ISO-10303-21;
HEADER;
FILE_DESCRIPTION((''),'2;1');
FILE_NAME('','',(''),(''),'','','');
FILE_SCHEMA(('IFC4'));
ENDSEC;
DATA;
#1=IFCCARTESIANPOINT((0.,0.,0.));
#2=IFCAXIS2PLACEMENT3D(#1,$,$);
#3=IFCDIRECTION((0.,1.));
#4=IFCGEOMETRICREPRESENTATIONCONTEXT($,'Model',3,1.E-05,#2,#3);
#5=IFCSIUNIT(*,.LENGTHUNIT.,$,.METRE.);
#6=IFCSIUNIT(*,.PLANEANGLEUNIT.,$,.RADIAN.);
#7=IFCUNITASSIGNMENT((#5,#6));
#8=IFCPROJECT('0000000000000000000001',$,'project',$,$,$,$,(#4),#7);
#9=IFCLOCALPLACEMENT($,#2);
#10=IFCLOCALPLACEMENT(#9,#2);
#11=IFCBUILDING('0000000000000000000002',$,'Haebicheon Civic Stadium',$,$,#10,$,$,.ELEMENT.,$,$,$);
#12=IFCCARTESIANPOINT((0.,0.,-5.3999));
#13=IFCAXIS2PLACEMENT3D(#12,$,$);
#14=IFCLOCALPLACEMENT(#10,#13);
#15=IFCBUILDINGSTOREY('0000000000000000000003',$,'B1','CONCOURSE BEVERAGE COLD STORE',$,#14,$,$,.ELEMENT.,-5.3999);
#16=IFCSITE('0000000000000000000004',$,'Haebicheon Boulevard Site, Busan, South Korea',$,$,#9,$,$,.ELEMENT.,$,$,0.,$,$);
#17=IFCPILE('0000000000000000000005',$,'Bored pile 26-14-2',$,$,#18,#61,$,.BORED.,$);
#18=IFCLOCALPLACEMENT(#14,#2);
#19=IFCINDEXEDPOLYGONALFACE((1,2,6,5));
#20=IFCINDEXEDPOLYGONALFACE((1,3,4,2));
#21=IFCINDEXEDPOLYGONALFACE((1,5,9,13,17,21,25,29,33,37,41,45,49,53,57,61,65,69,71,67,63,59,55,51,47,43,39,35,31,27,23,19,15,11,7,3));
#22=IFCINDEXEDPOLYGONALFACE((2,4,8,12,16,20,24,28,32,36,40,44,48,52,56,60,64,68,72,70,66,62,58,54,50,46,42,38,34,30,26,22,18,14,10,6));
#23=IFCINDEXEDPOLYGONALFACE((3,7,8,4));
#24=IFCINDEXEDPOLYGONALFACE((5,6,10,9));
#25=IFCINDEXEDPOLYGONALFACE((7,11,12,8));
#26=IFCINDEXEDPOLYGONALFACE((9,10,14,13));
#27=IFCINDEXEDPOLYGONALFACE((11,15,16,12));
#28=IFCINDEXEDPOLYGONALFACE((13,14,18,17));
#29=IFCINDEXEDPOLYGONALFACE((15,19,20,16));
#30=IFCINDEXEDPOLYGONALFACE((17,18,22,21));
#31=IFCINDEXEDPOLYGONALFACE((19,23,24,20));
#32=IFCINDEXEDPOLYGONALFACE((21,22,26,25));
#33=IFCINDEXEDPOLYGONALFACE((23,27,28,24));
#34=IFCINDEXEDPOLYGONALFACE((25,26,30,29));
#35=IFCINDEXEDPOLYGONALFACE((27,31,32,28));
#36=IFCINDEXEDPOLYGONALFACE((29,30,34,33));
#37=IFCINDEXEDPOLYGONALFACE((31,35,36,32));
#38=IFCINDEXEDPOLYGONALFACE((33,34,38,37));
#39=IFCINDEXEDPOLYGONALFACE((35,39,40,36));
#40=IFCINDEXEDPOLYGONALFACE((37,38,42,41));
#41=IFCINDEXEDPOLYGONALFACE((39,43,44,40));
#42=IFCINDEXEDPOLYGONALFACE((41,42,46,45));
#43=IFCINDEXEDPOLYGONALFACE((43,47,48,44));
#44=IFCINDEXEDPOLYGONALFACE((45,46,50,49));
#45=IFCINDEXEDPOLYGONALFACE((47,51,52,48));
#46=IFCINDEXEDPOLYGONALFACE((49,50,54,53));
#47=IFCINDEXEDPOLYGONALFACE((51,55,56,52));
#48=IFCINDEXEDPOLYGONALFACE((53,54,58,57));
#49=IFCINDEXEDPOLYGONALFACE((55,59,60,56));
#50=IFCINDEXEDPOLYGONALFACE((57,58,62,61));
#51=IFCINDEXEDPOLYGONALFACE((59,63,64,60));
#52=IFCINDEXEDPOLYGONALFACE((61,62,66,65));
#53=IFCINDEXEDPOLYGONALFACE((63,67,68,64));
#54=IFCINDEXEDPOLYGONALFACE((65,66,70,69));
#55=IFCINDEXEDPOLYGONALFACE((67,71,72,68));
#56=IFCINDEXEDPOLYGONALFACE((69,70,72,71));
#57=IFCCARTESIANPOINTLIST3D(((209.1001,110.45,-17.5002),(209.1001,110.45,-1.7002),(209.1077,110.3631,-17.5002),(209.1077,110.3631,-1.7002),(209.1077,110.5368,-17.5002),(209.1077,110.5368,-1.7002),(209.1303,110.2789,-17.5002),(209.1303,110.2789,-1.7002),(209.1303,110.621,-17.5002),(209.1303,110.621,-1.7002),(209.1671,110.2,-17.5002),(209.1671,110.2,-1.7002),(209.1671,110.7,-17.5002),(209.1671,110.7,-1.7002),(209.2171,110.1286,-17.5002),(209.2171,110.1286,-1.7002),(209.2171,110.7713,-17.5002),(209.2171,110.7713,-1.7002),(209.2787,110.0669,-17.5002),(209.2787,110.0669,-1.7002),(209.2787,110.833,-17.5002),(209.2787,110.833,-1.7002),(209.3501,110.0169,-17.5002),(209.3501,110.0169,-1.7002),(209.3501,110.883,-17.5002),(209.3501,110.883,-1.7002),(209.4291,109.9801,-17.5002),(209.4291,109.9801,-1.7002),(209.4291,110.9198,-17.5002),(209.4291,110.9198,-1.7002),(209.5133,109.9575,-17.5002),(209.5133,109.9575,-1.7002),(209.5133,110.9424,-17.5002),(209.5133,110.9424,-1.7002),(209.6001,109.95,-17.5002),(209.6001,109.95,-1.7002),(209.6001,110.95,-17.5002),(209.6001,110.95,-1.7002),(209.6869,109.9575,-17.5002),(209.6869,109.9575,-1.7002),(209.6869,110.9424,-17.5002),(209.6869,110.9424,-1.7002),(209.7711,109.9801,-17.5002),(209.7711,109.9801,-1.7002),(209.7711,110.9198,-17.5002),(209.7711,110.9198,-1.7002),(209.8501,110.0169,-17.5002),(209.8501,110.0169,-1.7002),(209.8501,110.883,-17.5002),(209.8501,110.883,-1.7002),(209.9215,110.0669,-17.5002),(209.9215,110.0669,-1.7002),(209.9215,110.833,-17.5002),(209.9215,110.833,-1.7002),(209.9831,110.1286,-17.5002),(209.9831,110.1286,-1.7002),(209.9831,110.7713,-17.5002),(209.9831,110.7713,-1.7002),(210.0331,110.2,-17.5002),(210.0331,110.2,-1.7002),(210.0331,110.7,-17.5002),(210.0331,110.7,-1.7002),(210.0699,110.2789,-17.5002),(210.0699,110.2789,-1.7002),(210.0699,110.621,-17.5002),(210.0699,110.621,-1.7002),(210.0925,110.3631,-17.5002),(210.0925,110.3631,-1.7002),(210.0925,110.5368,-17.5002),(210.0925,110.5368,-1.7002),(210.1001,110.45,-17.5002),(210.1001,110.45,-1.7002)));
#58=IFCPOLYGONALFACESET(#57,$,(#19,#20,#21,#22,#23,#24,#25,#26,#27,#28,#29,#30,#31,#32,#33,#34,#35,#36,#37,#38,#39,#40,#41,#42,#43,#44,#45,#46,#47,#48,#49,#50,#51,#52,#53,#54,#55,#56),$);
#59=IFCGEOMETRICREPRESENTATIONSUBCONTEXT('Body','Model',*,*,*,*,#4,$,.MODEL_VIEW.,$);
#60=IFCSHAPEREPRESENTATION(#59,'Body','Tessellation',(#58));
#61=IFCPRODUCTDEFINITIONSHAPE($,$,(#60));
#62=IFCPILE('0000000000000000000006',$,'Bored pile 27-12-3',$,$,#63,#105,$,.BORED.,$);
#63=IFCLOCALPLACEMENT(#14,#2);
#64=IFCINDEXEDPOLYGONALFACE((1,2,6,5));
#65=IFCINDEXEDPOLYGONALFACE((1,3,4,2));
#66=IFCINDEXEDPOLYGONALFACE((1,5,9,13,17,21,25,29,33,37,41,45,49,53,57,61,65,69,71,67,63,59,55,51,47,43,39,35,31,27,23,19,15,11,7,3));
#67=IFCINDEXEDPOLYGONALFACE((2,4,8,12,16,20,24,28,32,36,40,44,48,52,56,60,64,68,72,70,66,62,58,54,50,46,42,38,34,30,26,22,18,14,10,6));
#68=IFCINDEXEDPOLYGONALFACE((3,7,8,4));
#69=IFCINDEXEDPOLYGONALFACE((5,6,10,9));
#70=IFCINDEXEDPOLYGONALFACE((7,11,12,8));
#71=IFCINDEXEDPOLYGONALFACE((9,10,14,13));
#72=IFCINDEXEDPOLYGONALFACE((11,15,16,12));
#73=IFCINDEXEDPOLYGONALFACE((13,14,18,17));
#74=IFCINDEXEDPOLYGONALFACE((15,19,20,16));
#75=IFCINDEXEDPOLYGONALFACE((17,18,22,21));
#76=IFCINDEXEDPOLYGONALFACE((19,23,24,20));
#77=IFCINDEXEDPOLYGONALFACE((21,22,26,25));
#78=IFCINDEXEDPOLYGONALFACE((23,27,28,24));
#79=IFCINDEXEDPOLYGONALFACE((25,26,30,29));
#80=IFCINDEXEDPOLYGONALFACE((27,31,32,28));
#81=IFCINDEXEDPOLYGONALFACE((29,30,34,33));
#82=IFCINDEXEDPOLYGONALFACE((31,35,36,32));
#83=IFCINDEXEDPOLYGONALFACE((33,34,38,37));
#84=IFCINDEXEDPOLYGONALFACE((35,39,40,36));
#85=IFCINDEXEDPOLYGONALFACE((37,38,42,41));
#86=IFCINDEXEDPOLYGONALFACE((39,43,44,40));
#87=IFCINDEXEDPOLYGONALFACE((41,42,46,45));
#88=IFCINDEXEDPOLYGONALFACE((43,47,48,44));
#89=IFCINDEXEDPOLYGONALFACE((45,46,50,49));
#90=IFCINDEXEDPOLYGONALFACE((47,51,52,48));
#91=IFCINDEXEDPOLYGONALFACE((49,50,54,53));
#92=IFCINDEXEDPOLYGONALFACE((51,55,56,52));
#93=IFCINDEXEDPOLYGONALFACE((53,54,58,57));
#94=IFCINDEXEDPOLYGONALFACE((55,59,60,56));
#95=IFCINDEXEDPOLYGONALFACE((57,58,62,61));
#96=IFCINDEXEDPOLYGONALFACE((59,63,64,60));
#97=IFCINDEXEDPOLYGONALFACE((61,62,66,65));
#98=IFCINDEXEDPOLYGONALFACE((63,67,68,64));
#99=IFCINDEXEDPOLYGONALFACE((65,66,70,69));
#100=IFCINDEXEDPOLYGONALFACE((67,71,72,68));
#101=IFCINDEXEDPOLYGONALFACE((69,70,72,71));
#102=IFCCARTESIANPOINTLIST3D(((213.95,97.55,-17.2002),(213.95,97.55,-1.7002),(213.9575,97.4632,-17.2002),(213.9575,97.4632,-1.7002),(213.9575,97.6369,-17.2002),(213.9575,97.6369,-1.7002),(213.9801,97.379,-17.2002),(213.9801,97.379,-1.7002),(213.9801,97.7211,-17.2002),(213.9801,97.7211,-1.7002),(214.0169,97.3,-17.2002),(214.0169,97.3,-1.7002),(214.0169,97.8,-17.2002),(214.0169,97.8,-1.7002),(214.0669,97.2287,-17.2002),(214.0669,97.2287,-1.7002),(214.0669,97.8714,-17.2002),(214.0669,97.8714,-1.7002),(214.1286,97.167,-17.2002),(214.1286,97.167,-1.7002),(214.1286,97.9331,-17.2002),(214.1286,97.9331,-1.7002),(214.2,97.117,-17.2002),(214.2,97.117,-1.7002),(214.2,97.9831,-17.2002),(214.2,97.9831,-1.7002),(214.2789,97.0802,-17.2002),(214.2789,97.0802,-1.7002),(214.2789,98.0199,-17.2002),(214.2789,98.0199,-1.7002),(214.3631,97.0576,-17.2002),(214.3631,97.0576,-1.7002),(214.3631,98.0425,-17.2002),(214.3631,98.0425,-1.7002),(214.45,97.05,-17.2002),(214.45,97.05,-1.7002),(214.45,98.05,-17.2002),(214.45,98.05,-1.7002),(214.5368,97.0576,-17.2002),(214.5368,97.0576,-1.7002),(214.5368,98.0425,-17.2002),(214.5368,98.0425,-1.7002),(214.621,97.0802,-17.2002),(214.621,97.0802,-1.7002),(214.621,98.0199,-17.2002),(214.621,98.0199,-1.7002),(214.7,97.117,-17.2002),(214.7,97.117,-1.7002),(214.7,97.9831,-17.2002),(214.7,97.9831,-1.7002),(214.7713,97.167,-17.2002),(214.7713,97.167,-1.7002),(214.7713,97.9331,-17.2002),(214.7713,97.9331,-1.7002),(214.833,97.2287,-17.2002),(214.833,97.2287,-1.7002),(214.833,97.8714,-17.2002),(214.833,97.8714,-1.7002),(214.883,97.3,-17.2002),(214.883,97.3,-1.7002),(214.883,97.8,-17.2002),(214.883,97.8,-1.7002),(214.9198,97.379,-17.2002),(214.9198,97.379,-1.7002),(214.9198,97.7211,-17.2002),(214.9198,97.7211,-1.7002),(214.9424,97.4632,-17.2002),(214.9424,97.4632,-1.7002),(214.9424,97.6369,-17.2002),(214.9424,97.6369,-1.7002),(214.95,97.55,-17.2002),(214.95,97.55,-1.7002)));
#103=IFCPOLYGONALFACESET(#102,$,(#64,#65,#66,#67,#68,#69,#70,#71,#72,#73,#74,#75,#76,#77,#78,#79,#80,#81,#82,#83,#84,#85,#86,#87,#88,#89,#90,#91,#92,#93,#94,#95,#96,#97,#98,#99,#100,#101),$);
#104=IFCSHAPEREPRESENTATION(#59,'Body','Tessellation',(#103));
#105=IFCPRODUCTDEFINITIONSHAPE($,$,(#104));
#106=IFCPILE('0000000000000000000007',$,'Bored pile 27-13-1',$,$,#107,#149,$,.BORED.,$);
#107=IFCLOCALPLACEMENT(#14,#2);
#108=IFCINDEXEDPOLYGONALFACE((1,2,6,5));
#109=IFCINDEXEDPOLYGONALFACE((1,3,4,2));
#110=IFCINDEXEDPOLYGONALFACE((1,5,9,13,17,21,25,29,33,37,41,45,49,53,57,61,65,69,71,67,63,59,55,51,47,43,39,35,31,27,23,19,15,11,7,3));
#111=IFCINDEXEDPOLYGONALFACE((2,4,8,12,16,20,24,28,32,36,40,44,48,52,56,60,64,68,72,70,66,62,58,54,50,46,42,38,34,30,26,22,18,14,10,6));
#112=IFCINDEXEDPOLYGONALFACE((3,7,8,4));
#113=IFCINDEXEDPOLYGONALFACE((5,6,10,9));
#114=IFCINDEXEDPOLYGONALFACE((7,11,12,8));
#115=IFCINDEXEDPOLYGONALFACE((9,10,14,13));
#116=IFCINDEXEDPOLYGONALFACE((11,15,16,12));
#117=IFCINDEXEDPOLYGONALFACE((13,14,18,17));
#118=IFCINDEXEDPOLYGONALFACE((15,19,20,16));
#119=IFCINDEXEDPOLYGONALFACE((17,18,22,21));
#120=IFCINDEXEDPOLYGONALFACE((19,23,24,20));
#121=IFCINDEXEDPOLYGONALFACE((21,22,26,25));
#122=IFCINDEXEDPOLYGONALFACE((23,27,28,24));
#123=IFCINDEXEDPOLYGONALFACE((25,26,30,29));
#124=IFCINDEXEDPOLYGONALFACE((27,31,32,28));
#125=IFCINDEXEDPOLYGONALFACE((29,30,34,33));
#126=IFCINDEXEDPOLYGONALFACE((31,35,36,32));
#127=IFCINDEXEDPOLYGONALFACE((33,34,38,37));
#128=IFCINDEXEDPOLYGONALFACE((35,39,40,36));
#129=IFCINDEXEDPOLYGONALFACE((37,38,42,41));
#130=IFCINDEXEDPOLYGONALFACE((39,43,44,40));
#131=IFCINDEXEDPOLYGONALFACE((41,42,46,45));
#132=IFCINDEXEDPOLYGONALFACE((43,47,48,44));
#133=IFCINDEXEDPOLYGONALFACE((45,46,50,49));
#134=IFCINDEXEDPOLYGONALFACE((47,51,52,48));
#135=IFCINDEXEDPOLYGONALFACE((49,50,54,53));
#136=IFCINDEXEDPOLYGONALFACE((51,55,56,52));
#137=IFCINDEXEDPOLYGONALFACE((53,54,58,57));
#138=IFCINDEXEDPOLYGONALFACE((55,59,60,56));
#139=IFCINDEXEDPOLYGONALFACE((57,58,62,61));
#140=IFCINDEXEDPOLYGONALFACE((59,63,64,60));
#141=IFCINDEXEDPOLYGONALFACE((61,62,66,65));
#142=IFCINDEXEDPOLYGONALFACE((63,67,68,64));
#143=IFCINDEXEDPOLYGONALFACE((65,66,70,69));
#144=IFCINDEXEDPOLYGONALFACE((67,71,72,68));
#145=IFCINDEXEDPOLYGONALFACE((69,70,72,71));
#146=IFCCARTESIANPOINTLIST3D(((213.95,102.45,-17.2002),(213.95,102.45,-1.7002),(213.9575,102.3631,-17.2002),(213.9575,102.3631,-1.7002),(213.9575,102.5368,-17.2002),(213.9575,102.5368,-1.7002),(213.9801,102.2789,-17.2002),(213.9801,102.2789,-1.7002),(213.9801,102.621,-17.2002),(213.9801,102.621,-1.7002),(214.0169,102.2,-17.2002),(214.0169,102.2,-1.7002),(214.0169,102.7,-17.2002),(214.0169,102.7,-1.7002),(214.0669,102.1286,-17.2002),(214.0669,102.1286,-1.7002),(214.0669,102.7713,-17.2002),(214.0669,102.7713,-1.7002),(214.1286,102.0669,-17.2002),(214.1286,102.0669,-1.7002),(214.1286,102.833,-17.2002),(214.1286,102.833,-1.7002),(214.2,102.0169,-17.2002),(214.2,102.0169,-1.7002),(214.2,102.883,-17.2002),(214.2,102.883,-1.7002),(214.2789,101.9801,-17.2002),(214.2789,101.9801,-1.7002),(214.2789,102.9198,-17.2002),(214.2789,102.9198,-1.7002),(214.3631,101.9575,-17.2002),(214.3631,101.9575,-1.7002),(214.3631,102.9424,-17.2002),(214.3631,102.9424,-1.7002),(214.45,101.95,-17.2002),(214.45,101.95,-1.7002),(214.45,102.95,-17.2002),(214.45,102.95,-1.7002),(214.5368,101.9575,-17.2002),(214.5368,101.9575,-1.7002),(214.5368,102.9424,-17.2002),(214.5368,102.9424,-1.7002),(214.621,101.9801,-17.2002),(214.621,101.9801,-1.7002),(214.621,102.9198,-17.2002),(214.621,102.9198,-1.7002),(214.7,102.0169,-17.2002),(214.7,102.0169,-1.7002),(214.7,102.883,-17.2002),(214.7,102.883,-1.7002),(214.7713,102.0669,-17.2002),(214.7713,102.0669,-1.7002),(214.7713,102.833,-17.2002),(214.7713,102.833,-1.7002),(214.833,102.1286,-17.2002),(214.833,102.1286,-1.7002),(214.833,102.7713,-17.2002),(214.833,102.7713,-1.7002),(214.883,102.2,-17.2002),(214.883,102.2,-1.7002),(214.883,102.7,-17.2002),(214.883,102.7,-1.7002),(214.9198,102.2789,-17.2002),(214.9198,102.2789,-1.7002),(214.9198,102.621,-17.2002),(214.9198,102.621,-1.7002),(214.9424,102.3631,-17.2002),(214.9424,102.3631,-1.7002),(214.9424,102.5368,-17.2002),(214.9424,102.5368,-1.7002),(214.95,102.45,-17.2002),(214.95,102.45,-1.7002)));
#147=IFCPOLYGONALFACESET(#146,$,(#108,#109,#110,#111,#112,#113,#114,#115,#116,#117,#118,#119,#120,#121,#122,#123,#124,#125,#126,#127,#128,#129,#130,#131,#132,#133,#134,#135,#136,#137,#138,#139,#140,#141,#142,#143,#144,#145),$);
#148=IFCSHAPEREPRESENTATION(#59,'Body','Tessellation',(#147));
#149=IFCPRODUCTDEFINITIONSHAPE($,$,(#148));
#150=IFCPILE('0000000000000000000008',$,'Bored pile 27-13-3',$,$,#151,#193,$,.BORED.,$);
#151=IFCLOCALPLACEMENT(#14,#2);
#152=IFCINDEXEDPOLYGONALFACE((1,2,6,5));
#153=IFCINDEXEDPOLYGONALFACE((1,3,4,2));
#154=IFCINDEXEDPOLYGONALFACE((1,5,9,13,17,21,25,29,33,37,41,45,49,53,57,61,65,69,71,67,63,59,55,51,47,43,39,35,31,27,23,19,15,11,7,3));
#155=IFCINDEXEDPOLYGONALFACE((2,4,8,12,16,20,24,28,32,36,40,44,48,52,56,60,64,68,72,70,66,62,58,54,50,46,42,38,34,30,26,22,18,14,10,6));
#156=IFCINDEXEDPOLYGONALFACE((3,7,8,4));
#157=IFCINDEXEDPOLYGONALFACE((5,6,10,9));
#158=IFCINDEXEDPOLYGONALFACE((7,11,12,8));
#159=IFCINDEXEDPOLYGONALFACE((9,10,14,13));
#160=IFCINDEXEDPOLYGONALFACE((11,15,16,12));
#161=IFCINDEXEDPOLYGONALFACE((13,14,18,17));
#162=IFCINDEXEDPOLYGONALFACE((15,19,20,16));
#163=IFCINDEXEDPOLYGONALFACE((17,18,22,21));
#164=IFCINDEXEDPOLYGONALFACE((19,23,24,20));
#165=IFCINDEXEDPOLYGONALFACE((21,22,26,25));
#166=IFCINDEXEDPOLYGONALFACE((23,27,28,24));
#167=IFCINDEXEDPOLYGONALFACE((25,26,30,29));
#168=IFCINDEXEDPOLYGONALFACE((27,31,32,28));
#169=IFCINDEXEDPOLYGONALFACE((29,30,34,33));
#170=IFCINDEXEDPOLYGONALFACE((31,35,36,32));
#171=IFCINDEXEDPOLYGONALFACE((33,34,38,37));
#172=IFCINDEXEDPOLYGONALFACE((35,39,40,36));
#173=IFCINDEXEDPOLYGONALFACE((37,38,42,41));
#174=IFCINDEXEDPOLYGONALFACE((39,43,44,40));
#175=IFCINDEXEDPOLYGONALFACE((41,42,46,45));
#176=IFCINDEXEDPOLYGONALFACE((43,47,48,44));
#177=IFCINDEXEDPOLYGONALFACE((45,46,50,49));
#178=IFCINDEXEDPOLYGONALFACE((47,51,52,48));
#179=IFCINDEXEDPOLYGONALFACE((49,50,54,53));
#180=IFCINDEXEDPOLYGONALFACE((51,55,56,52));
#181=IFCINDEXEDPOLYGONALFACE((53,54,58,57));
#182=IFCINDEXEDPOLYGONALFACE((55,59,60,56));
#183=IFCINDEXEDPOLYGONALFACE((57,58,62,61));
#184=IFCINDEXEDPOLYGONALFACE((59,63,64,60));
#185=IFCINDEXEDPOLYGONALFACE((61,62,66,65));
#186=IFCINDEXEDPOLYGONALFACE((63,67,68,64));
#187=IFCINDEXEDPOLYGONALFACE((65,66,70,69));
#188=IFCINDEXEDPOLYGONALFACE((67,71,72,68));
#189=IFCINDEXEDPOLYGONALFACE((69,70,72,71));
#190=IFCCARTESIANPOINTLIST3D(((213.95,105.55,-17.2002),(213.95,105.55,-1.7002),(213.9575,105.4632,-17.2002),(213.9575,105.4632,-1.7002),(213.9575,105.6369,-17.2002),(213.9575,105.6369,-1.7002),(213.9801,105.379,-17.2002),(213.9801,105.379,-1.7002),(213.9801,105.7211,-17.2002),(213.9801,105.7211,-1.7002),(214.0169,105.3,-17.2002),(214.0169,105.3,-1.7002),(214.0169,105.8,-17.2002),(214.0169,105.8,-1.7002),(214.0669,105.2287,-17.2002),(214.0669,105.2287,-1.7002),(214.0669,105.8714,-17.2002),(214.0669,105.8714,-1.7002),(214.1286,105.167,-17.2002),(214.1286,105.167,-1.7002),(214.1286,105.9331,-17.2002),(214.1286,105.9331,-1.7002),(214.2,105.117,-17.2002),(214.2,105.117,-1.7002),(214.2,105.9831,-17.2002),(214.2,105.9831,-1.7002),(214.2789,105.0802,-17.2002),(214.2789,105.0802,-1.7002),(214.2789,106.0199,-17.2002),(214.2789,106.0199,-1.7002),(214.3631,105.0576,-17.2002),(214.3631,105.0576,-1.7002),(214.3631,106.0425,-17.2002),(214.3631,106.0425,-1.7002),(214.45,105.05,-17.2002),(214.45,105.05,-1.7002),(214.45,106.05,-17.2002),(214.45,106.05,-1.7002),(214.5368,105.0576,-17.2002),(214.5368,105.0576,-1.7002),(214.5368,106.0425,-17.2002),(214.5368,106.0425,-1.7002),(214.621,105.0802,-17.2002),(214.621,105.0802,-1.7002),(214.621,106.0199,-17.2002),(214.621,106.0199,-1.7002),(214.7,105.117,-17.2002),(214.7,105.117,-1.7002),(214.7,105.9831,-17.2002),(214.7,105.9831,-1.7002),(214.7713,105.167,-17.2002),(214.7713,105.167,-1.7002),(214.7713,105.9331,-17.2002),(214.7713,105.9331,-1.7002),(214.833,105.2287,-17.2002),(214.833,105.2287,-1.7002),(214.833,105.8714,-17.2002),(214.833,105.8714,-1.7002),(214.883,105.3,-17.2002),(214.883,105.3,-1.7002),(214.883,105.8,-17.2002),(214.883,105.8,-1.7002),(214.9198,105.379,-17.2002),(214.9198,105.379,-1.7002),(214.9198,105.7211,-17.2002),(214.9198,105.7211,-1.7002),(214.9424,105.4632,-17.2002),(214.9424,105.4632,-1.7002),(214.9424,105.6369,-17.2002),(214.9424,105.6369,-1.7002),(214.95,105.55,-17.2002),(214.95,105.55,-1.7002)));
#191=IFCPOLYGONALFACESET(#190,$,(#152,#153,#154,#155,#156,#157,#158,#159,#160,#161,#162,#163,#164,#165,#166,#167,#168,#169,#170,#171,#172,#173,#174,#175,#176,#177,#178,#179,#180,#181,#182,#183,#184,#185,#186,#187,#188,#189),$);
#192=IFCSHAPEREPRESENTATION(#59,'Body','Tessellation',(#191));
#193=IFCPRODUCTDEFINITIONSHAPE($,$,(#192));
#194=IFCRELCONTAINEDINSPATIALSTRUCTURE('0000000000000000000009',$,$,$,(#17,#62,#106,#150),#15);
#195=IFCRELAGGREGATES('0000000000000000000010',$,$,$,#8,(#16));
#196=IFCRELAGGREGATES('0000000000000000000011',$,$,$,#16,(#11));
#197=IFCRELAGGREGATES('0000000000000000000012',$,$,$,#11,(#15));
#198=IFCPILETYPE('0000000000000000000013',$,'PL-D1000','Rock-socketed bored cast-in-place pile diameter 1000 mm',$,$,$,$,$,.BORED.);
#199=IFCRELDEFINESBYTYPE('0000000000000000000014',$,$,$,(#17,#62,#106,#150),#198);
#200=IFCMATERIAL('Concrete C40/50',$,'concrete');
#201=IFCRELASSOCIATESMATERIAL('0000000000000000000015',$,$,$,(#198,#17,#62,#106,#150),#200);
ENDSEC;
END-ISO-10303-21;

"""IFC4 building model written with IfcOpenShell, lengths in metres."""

from ifc_helpers import new_model, si_unit, direction, frame, origin, origin_2d, place, context, subcontext, project, spatial, circle, extrude, material, material_profile, profile_set, type_object, element, save


model = new_model("IFC4")

# Units and contexts
model_context = context("Model", 3, precision=1e-05, world=origin(), true_north=direction((0.0, 1.0)))
body_context = subcontext(model_context, "Body", "Model", "MODEL_VIEW")
ifc_project = project(units=[si_unit("LENGTHUNIT", "METRE"), si_unit("PLANEANGLEUNIT", "RADIAN")], contexts=[model_context])

# Site, building, storey
site_placement = place(None, origin())
site = spatial("IfcSite", under=ifc_project, at=site_placement, Name="Haebicheon Boulevard Site, Busan, South Korea", CompositionType="ELEMENT", RefElevation=0.0)
building_placement = place(site_placement, origin())
building = spatial("IfcBuilding", under=site, at=building_placement, Name="Haebicheon Civic Stadium", CompositionType="ELEMENT")
storey_placement = place(building_placement, frame((0.0, 0.0, -5.3999)))
storey = spatial("IfcBuildingStorey", under=building, at=storey_placement, Name="B1", Description="CONCOURSE BEVERAGE COLD STORE", CompositionType="ELEMENT", Elevation=-5.3999)

# Piles
ifc_material_1 = material(Name="Concrete C40/50", Category="concrete")
ifc_material_profile_1 = material_profile(ifc_material_1, circle(Radius=0.5, at=origin_2d()), Name="PILE-D1000")
ifc_profile_set_1 = profile_set([ifc_material_profile_1], Name="Concrete C40/50")
pile_type = type_object("IfcPileType", Name="PL-D1000", Description="Rock-socketed bored cast-in-place pile diameter 1000 mm", PredefinedType="BORED", material=ifc_profile_set_1)
for number, where, z_axis, x_axis, name in (
    (1, (209.6001, 110.45, -1.7002), (0.0, 0.0, -1.0), (1.0, 0.0, 0.0), "Bored pile 26-14-2"),
):
    element("IfcPile", number, at=place(storey_placement, frame(where, z_axis=z_axis, x_axis=x_axis)), inside=storey, type_object=pile_type, material=ifc_profile_set_1, Name=name, PredefinedType="BORED", context=body_context, shape_type="SweptSolid", body=[
        extrude(circle(Radius=0.5, at=origin_2d()), origin(), (0.0, 0.0, 1.0), 15.8),
    ])
for number, where, z_axis, x_axis, name in (
    (2, (214.45, 97.55, -1.7002), (0.0, 0.0, -1.0), (1.0, 0.0, 0.0), "Bored pile 27-12-3"),
    (3, (214.45, 102.45, -1.7002), (0.0, 0.0, -1.0), (1.0, 0.0, 0.0), "Bored pile 27-13-1"),
    (4, (214.45, 105.55, -1.7002), (0.0, 0.0, -1.0), (1.0, 0.0, 0.0), "Bored pile 27-13-3"),
):
    element("IfcPile", number, at=place(storey_placement, frame(where, z_axis=z_axis, x_axis=x_axis)), inside=storey, type_object=pile_type, material=ifc_profile_set_1, Name=name, PredefinedType="BORED", context=body_context, shape_type="SweptSolid", body=[
        extrude(circle(Radius=0.5, at=origin_2d()), origin(), (0.0, 0.0, 1.0), 15.5),
    ])

save(model, "model.ifc")
